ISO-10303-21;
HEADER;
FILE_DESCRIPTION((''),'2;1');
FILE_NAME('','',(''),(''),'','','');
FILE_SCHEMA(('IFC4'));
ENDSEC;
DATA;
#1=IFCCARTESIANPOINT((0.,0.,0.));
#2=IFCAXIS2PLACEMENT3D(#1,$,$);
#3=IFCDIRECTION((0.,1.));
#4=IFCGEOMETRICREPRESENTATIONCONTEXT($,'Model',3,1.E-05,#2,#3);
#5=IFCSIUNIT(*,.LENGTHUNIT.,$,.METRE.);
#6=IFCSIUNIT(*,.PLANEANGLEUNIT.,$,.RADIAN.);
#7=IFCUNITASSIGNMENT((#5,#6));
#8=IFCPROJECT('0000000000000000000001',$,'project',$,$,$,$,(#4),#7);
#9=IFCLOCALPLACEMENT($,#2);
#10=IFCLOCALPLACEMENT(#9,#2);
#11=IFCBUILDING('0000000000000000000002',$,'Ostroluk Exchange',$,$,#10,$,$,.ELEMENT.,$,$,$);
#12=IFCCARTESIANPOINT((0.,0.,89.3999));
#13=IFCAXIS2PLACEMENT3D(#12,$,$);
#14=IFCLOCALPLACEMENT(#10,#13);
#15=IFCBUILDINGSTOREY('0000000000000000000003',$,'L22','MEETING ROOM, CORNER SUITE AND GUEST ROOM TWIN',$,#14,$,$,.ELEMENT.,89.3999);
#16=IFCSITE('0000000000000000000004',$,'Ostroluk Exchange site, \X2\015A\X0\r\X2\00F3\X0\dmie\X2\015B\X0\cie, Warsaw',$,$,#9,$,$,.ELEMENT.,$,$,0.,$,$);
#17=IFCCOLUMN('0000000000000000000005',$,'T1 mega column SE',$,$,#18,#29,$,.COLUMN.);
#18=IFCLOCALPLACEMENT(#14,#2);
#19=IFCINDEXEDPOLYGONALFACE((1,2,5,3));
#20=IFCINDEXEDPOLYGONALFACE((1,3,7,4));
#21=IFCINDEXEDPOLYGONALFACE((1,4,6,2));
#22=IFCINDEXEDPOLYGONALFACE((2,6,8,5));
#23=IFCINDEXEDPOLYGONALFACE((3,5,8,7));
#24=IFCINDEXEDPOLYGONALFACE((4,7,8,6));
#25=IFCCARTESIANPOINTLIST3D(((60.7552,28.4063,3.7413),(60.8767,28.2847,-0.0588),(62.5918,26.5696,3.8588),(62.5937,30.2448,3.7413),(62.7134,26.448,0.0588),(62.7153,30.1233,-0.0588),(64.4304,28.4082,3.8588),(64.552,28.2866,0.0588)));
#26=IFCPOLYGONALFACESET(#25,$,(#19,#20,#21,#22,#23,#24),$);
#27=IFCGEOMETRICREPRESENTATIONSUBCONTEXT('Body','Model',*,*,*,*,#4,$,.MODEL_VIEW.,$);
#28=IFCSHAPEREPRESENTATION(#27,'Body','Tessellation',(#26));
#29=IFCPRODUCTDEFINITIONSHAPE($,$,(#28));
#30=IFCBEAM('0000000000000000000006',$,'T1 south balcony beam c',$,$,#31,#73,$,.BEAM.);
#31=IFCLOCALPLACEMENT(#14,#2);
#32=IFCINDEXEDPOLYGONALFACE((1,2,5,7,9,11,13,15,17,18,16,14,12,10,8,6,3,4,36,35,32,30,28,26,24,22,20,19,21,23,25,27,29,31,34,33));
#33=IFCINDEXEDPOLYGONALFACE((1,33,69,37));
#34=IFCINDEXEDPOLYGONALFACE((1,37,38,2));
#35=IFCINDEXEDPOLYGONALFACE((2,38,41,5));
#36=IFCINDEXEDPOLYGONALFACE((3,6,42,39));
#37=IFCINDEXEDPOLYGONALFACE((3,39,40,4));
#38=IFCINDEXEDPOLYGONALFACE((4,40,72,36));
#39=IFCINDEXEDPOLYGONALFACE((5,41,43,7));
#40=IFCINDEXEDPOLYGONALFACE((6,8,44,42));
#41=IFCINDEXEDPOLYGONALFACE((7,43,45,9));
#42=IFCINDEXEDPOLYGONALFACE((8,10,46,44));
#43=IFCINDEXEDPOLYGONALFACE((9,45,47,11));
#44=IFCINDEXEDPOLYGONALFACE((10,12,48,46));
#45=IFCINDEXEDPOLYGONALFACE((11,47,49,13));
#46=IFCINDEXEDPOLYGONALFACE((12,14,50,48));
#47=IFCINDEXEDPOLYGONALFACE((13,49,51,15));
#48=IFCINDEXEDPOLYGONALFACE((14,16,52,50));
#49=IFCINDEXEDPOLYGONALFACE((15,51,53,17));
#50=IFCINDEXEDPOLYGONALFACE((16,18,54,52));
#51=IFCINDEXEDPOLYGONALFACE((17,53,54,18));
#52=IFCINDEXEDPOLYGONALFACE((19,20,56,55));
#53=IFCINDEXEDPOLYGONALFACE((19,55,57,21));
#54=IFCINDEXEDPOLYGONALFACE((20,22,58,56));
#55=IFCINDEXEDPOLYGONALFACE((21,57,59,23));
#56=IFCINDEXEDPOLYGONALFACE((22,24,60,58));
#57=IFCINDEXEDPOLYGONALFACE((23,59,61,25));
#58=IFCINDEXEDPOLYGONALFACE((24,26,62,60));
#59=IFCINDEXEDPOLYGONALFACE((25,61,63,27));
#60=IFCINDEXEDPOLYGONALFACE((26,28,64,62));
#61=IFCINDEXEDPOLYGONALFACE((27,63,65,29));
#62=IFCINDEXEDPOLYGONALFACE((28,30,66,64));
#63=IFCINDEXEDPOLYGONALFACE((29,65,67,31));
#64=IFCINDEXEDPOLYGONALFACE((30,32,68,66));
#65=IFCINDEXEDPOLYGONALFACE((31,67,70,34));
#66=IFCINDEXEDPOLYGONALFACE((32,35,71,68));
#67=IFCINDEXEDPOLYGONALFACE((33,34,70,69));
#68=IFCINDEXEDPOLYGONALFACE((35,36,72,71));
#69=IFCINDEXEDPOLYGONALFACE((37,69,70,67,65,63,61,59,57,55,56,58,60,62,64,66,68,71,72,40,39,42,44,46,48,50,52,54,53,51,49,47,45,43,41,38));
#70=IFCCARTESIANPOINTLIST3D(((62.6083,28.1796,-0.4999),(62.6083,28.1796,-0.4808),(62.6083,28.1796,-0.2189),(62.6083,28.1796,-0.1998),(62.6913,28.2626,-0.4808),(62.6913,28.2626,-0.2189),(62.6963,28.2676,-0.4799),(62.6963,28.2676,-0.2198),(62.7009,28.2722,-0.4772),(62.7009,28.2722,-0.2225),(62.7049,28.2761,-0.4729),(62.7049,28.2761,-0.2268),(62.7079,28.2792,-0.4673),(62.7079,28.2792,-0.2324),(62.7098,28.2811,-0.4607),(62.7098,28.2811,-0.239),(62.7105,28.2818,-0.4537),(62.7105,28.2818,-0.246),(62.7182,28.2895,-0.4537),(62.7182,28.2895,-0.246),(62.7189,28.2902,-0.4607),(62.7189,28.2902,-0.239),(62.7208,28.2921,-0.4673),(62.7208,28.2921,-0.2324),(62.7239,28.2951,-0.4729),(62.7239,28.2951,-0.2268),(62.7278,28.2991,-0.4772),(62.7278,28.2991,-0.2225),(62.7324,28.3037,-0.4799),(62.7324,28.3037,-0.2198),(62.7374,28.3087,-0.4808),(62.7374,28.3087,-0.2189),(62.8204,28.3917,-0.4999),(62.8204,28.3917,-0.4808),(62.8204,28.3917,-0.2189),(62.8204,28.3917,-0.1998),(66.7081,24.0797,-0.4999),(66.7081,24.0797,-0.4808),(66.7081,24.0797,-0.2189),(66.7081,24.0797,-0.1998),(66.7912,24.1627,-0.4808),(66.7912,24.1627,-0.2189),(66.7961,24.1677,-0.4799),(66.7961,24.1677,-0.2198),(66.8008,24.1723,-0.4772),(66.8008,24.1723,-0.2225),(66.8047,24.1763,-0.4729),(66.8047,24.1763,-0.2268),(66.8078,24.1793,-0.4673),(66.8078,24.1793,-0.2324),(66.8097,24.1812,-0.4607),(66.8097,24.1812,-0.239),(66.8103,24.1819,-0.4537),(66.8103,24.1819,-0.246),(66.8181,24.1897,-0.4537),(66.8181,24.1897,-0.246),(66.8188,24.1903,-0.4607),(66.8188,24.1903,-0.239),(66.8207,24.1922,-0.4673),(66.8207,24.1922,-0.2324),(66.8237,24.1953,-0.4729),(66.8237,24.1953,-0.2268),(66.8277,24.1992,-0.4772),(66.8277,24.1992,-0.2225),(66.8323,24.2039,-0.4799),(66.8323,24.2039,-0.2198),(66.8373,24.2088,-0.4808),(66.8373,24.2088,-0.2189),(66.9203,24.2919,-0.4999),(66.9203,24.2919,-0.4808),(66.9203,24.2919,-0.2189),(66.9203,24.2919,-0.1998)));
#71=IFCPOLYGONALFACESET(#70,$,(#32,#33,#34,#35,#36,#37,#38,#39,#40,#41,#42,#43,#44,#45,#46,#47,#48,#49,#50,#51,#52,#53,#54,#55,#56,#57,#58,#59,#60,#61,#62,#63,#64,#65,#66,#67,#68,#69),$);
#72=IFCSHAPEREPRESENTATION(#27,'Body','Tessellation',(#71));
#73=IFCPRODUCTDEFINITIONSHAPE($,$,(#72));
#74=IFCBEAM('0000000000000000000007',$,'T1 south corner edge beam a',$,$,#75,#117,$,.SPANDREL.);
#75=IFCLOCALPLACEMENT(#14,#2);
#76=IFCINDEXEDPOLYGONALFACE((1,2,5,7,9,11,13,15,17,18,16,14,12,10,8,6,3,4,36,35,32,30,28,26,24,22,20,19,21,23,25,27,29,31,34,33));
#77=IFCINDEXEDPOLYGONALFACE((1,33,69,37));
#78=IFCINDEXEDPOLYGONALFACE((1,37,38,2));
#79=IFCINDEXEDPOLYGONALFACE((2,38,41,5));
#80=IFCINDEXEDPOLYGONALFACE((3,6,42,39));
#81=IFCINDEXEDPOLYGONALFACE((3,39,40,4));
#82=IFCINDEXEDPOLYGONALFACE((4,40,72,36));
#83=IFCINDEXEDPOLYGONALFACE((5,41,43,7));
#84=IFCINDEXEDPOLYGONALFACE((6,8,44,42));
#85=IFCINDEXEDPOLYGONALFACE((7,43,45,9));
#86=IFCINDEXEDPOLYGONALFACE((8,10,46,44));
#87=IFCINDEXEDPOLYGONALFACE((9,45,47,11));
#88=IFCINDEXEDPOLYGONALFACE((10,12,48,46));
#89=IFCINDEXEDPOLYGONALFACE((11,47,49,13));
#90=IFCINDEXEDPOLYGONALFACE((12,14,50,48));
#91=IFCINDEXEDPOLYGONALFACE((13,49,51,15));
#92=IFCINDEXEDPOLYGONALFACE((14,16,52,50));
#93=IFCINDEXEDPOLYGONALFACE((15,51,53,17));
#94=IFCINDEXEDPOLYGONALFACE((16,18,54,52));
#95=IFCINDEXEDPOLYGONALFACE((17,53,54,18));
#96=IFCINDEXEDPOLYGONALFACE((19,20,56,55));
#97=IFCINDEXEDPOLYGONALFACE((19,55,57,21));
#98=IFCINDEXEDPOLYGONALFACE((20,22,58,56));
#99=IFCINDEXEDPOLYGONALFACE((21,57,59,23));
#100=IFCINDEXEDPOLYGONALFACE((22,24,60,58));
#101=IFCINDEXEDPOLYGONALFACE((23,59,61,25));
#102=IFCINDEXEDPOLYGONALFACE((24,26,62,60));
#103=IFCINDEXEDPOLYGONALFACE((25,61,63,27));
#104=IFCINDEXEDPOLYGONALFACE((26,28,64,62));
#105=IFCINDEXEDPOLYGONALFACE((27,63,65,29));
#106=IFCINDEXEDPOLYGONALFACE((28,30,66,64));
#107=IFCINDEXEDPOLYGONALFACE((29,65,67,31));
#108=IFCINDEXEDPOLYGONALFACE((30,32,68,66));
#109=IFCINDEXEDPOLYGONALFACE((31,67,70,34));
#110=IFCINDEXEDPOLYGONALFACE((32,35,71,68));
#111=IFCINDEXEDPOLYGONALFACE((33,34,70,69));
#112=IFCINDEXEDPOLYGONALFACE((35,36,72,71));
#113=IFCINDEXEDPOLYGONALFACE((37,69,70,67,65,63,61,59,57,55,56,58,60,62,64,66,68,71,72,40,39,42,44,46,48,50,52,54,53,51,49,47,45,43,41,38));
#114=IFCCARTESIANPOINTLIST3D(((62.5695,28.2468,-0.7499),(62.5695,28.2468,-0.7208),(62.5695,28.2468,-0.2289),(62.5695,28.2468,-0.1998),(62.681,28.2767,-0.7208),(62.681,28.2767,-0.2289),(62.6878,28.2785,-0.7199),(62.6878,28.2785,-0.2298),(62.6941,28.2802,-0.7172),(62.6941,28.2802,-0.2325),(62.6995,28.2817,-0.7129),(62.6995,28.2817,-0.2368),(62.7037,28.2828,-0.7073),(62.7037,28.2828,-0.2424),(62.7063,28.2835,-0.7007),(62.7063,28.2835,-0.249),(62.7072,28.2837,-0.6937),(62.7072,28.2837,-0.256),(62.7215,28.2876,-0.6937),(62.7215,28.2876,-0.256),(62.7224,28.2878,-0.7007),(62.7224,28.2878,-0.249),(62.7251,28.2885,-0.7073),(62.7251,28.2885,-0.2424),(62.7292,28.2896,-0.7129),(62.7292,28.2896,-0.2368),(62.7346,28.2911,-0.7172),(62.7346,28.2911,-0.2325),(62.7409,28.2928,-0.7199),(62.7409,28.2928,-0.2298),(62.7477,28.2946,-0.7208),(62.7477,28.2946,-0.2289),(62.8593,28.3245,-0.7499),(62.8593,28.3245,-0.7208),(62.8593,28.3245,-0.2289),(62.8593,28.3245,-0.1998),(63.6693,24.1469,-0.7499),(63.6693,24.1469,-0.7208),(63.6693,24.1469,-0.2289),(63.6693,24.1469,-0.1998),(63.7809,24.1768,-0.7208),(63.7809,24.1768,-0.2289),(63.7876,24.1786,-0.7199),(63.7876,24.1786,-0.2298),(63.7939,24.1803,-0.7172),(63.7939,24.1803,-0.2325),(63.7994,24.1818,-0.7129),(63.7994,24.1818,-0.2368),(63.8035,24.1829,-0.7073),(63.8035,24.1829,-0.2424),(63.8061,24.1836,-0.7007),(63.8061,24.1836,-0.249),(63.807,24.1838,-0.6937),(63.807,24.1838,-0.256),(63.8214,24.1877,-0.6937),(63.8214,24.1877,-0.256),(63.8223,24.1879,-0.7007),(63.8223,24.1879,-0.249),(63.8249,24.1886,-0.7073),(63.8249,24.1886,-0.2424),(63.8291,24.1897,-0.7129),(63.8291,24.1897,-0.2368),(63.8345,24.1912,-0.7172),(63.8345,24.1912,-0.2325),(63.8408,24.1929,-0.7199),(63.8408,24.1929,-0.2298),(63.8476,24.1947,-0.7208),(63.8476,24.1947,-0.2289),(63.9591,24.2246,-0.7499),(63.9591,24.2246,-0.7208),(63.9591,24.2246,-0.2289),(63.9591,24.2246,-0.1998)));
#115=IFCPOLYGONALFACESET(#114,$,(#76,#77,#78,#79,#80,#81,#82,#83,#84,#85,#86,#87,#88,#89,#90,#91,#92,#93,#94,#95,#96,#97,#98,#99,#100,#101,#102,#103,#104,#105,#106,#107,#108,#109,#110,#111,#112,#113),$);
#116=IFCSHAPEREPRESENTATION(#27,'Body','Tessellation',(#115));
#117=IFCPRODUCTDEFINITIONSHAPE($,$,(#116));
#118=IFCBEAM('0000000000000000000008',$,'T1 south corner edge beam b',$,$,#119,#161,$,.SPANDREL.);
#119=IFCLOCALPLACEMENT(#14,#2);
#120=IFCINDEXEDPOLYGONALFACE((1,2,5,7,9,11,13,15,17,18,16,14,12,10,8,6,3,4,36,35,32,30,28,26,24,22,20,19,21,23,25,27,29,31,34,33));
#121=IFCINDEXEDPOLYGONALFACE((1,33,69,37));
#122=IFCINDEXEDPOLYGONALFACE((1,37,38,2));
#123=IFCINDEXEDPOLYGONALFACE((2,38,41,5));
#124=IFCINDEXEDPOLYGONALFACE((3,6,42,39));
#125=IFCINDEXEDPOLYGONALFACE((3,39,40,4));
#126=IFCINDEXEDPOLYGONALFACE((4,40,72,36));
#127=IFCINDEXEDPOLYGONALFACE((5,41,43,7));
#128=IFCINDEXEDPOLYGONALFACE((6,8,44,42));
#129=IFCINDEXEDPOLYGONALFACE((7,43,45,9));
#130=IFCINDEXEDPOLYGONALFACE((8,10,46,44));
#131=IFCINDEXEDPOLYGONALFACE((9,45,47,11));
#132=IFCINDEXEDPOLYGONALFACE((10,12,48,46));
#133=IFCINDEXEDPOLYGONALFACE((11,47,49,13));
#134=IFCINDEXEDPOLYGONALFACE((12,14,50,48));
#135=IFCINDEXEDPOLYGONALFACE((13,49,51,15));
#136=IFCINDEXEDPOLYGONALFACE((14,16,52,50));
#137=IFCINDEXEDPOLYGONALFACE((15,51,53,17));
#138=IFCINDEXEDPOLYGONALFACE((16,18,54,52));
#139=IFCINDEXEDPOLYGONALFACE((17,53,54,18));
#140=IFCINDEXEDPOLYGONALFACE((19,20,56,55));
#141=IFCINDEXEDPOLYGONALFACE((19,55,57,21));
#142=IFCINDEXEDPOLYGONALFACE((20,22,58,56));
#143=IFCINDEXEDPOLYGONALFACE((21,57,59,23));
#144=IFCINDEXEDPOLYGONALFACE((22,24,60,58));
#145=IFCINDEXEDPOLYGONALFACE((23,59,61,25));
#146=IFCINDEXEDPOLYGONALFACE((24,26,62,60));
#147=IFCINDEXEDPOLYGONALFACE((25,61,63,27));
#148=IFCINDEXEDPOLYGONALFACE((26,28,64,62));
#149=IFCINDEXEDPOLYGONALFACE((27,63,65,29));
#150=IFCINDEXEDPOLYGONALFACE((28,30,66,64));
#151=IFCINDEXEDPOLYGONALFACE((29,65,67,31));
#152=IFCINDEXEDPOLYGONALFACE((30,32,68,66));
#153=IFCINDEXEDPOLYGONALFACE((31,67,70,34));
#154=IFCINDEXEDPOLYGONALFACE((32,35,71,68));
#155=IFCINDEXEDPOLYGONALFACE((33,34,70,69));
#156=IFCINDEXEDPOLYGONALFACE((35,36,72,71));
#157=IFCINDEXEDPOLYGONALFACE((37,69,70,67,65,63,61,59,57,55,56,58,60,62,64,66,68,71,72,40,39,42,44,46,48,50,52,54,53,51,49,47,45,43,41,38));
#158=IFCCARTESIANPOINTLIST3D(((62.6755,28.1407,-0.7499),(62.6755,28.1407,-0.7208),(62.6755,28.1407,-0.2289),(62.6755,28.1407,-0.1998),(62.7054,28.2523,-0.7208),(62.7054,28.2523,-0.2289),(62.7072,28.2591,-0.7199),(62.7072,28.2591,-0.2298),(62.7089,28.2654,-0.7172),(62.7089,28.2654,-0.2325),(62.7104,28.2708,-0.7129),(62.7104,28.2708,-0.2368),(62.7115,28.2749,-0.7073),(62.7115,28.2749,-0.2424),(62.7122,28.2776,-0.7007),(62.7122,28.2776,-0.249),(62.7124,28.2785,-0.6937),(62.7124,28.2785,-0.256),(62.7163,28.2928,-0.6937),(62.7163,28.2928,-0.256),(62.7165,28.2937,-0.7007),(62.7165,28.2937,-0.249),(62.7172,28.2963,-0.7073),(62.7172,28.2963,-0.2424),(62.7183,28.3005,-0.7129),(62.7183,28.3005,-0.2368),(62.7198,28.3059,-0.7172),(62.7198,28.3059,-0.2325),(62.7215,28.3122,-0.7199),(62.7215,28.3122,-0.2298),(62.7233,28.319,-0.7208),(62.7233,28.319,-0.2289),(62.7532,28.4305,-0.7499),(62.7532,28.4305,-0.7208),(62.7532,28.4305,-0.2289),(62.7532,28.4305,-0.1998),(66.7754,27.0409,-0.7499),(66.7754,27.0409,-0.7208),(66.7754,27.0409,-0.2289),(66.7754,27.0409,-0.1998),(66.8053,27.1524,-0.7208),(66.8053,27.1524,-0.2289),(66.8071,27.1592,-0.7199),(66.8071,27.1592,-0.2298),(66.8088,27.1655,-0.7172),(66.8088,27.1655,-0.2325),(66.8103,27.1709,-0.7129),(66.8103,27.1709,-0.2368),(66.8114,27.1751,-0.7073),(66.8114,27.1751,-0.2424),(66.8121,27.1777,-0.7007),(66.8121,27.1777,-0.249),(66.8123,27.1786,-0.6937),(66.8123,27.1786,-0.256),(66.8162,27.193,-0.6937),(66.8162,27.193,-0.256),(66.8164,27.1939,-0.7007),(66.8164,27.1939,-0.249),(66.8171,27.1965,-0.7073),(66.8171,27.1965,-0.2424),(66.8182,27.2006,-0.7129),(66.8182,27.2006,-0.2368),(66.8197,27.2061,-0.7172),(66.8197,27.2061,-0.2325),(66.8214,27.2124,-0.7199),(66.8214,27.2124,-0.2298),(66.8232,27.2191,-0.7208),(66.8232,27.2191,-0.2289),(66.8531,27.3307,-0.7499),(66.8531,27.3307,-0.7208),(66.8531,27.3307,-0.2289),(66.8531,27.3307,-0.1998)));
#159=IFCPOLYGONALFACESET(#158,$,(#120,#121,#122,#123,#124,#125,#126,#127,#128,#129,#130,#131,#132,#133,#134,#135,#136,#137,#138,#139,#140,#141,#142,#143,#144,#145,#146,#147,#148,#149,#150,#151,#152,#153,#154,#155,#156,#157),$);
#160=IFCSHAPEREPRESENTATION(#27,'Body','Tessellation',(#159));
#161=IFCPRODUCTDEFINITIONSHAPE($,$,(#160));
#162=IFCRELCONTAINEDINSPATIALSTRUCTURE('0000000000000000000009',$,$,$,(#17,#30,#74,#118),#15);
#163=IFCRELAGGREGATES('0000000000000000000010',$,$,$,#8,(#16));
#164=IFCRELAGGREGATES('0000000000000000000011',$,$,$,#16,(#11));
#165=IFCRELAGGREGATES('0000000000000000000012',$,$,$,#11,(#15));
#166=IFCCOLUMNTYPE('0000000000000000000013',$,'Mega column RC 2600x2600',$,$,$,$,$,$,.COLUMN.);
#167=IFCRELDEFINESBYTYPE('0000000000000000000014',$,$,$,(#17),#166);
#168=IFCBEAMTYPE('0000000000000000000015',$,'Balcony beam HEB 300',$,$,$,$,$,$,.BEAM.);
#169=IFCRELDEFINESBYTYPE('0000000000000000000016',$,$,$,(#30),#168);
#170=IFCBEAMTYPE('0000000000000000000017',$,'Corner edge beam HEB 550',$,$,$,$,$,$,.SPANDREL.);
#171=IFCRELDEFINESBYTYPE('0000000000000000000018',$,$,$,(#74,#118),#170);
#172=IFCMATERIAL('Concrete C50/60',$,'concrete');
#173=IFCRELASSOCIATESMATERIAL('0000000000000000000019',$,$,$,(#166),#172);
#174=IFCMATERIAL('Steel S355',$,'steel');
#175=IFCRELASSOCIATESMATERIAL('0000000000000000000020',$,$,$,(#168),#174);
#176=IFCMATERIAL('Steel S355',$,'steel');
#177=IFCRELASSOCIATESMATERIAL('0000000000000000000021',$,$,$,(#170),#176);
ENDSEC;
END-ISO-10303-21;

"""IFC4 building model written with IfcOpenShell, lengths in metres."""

from ifc_helpers import new_model, si_unit, direction, frame, origin, origin_2d, place, context, subcontext, project, spatial, rectangle, i_section, extrude, material, material_profile, profile_set, type_object, element, save


model = new_model("IFC4")

# Units and contexts
model_context = context("Model", 3, precision=1e-05, world=origin(), true_north=direction((0.0, 1.0)))
body_context = subcontext(model_context, "Body", "Model", "MODEL_VIEW")
ifc_project = project(units=[si_unit("LENGTHUNIT", "METRE"), si_unit("PLANEANGLEUNIT", "RADIAN")], contexts=[model_context])

# Site, building, storey
site_placement = place(None, origin())
site = spatial("IfcSite", under=ifc_project, at=site_placement, Name="Ostroluk Exchange site, Śródmieście, Warsaw", CompositionType="ELEMENT", RefElevation=0.0)
building_placement = place(site_placement, origin())
building = spatial("IfcBuilding", under=site, at=building_placement, Name="Ostroluk Exchange", CompositionType="ELEMENT")
storey_placement = place(building_placement, frame((0.0, 0.0, 89.3999)))
storey = spatial("IfcBuildingStorey", under=building, at=storey_placement, Name="L22", Description="MEETING ROOM, CORNER SUITE AND GUEST ROOM TWIN", CompositionType="ELEMENT", Elevation=89.3999)

# Column
ifc_material_1 = material(Name="Concrete C50/60", Category="concrete")
ifc_material_profile_1 = material_profile(ifc_material_1, rectangle(XDim=2.6001, YDim=2.6001, at=origin_2d()), Name="RC 2600x2600")
ifc_profile_set_1 = profile_set([ifc_material_profile_1], Name="Concrete C50/60")
column_type = type_object("IfcColumnType", Name="Mega column RC 2600x2600", PredefinedType="COLUMN", material=ifc_profile_set_1)
column_placement = place(storey_placement, frame((62.7144, 28.2856, 0.0), z_axis=(-0.031962, 0.031962, 0.998978), x_axis=(-0.707107, -0.707107, 0.0)))
element("IfcColumn", 1, at=column_placement, inside=storey, type_object=column_type, Name="T1 mega column SE", PredefinedType="COLUMN", context=body_context, shape_type="SweptSolid", body=[
    extrude(rectangle(XDim=2.6001, YDim=2.6001, at=origin_2d()), origin(), (0.0, 0.0, 1.0), 3.804),
])

# Beams
ifc_material_2 = material(Name="Steel S355", Category="steel")
ifc_material_profile_2 = material_profile(ifc_material_2, i_section(OverallWidth=0.3, OverallDepth=0.3, WebThickness=0.011, FlangeThickness=0.019, FilletRadius=0.0271, at=origin_2d()), Name="HEB 300")
ifc_profile_set_2 = profile_set([ifc_material_profile_2], Name="Steel S355")
beam_type_1 = type_object("IfcBeamType", Name="Balcony beam HEB 300", PredefinedType="BEAM", material=ifc_profile_set_2)
beam_1_placement = place(storey_placement, frame((62.7144, 28.2856, -0.3499), z_axis=(0.707107, -0.707107, 0.0), x_axis=(0.707107, 0.707107, 0.0)))
element("IfcBeam", 2, at=beam_1_placement, inside=storey, type_object=beam_type_1, Name="T1 south balcony beam c", PredefinedType="BEAM", context=body_context, shape_type="SweptSolid", body=[
    extrude(i_section(OverallWidth=0.3, OverallDepth=0.3, WebThickness=0.011, FlangeThickness=0.019, FilletRadius=0.0271, at=origin_2d()), origin(), (0.0, 0.0, 1.0), 5.7981),
])
ifc_material_3 = material(Name="Steel S355", Category="steel")
ifc_material_profile_3 = material_profile(ifc_material_3, i_section(OverallWidth=0.3, OverallDepth=0.55, WebThickness=0.0149, FlangeThickness=0.0291, FilletRadius=0.0271, at=origin_2d()), Name="HEB 550")
ifc_profile_set_3 = profile_set([ifc_material_profile_3], Name="Steel S355")
beam_type_2 = type_object("IfcBeamType", Name="Corner edge beam HEB 550", PredefinedType="SPANDREL", material=ifc_profile_set_3)
for number, where, z_axis, x_axis, name in (
    (3, (62.7144, 28.2856, -0.4749), (0.259105, -0.965849, 0.0), (0.965849, 0.259105, 0.0), "T1 south corner edge beam a"),
    (4, (62.7144, 28.2856, -0.4749), (0.965849, -0.259105, 0.0), (0.259105, 0.965849, 0.0), "T1 south corner edge beam b"),
):
    element("IfcBeam", number, at=place(storey_placement, frame(where, z_axis=z_axis, x_axis=x_axis)), inside=storey, type_object=beam_type_2, Name=name, PredefinedType="SPANDREL", context=body_context, shape_type="SweptSolid", body=[
        extrude(i_section(OverallWidth=0.3, OverallDepth=0.55, WebThickness=0.0149, FlangeThickness=0.0291, FilletRadius=0.0271, at=origin_2d()), origin(), (0.0, 0.0, 1.0), 4.2449),
    ])

save(model, "model.ifc")
